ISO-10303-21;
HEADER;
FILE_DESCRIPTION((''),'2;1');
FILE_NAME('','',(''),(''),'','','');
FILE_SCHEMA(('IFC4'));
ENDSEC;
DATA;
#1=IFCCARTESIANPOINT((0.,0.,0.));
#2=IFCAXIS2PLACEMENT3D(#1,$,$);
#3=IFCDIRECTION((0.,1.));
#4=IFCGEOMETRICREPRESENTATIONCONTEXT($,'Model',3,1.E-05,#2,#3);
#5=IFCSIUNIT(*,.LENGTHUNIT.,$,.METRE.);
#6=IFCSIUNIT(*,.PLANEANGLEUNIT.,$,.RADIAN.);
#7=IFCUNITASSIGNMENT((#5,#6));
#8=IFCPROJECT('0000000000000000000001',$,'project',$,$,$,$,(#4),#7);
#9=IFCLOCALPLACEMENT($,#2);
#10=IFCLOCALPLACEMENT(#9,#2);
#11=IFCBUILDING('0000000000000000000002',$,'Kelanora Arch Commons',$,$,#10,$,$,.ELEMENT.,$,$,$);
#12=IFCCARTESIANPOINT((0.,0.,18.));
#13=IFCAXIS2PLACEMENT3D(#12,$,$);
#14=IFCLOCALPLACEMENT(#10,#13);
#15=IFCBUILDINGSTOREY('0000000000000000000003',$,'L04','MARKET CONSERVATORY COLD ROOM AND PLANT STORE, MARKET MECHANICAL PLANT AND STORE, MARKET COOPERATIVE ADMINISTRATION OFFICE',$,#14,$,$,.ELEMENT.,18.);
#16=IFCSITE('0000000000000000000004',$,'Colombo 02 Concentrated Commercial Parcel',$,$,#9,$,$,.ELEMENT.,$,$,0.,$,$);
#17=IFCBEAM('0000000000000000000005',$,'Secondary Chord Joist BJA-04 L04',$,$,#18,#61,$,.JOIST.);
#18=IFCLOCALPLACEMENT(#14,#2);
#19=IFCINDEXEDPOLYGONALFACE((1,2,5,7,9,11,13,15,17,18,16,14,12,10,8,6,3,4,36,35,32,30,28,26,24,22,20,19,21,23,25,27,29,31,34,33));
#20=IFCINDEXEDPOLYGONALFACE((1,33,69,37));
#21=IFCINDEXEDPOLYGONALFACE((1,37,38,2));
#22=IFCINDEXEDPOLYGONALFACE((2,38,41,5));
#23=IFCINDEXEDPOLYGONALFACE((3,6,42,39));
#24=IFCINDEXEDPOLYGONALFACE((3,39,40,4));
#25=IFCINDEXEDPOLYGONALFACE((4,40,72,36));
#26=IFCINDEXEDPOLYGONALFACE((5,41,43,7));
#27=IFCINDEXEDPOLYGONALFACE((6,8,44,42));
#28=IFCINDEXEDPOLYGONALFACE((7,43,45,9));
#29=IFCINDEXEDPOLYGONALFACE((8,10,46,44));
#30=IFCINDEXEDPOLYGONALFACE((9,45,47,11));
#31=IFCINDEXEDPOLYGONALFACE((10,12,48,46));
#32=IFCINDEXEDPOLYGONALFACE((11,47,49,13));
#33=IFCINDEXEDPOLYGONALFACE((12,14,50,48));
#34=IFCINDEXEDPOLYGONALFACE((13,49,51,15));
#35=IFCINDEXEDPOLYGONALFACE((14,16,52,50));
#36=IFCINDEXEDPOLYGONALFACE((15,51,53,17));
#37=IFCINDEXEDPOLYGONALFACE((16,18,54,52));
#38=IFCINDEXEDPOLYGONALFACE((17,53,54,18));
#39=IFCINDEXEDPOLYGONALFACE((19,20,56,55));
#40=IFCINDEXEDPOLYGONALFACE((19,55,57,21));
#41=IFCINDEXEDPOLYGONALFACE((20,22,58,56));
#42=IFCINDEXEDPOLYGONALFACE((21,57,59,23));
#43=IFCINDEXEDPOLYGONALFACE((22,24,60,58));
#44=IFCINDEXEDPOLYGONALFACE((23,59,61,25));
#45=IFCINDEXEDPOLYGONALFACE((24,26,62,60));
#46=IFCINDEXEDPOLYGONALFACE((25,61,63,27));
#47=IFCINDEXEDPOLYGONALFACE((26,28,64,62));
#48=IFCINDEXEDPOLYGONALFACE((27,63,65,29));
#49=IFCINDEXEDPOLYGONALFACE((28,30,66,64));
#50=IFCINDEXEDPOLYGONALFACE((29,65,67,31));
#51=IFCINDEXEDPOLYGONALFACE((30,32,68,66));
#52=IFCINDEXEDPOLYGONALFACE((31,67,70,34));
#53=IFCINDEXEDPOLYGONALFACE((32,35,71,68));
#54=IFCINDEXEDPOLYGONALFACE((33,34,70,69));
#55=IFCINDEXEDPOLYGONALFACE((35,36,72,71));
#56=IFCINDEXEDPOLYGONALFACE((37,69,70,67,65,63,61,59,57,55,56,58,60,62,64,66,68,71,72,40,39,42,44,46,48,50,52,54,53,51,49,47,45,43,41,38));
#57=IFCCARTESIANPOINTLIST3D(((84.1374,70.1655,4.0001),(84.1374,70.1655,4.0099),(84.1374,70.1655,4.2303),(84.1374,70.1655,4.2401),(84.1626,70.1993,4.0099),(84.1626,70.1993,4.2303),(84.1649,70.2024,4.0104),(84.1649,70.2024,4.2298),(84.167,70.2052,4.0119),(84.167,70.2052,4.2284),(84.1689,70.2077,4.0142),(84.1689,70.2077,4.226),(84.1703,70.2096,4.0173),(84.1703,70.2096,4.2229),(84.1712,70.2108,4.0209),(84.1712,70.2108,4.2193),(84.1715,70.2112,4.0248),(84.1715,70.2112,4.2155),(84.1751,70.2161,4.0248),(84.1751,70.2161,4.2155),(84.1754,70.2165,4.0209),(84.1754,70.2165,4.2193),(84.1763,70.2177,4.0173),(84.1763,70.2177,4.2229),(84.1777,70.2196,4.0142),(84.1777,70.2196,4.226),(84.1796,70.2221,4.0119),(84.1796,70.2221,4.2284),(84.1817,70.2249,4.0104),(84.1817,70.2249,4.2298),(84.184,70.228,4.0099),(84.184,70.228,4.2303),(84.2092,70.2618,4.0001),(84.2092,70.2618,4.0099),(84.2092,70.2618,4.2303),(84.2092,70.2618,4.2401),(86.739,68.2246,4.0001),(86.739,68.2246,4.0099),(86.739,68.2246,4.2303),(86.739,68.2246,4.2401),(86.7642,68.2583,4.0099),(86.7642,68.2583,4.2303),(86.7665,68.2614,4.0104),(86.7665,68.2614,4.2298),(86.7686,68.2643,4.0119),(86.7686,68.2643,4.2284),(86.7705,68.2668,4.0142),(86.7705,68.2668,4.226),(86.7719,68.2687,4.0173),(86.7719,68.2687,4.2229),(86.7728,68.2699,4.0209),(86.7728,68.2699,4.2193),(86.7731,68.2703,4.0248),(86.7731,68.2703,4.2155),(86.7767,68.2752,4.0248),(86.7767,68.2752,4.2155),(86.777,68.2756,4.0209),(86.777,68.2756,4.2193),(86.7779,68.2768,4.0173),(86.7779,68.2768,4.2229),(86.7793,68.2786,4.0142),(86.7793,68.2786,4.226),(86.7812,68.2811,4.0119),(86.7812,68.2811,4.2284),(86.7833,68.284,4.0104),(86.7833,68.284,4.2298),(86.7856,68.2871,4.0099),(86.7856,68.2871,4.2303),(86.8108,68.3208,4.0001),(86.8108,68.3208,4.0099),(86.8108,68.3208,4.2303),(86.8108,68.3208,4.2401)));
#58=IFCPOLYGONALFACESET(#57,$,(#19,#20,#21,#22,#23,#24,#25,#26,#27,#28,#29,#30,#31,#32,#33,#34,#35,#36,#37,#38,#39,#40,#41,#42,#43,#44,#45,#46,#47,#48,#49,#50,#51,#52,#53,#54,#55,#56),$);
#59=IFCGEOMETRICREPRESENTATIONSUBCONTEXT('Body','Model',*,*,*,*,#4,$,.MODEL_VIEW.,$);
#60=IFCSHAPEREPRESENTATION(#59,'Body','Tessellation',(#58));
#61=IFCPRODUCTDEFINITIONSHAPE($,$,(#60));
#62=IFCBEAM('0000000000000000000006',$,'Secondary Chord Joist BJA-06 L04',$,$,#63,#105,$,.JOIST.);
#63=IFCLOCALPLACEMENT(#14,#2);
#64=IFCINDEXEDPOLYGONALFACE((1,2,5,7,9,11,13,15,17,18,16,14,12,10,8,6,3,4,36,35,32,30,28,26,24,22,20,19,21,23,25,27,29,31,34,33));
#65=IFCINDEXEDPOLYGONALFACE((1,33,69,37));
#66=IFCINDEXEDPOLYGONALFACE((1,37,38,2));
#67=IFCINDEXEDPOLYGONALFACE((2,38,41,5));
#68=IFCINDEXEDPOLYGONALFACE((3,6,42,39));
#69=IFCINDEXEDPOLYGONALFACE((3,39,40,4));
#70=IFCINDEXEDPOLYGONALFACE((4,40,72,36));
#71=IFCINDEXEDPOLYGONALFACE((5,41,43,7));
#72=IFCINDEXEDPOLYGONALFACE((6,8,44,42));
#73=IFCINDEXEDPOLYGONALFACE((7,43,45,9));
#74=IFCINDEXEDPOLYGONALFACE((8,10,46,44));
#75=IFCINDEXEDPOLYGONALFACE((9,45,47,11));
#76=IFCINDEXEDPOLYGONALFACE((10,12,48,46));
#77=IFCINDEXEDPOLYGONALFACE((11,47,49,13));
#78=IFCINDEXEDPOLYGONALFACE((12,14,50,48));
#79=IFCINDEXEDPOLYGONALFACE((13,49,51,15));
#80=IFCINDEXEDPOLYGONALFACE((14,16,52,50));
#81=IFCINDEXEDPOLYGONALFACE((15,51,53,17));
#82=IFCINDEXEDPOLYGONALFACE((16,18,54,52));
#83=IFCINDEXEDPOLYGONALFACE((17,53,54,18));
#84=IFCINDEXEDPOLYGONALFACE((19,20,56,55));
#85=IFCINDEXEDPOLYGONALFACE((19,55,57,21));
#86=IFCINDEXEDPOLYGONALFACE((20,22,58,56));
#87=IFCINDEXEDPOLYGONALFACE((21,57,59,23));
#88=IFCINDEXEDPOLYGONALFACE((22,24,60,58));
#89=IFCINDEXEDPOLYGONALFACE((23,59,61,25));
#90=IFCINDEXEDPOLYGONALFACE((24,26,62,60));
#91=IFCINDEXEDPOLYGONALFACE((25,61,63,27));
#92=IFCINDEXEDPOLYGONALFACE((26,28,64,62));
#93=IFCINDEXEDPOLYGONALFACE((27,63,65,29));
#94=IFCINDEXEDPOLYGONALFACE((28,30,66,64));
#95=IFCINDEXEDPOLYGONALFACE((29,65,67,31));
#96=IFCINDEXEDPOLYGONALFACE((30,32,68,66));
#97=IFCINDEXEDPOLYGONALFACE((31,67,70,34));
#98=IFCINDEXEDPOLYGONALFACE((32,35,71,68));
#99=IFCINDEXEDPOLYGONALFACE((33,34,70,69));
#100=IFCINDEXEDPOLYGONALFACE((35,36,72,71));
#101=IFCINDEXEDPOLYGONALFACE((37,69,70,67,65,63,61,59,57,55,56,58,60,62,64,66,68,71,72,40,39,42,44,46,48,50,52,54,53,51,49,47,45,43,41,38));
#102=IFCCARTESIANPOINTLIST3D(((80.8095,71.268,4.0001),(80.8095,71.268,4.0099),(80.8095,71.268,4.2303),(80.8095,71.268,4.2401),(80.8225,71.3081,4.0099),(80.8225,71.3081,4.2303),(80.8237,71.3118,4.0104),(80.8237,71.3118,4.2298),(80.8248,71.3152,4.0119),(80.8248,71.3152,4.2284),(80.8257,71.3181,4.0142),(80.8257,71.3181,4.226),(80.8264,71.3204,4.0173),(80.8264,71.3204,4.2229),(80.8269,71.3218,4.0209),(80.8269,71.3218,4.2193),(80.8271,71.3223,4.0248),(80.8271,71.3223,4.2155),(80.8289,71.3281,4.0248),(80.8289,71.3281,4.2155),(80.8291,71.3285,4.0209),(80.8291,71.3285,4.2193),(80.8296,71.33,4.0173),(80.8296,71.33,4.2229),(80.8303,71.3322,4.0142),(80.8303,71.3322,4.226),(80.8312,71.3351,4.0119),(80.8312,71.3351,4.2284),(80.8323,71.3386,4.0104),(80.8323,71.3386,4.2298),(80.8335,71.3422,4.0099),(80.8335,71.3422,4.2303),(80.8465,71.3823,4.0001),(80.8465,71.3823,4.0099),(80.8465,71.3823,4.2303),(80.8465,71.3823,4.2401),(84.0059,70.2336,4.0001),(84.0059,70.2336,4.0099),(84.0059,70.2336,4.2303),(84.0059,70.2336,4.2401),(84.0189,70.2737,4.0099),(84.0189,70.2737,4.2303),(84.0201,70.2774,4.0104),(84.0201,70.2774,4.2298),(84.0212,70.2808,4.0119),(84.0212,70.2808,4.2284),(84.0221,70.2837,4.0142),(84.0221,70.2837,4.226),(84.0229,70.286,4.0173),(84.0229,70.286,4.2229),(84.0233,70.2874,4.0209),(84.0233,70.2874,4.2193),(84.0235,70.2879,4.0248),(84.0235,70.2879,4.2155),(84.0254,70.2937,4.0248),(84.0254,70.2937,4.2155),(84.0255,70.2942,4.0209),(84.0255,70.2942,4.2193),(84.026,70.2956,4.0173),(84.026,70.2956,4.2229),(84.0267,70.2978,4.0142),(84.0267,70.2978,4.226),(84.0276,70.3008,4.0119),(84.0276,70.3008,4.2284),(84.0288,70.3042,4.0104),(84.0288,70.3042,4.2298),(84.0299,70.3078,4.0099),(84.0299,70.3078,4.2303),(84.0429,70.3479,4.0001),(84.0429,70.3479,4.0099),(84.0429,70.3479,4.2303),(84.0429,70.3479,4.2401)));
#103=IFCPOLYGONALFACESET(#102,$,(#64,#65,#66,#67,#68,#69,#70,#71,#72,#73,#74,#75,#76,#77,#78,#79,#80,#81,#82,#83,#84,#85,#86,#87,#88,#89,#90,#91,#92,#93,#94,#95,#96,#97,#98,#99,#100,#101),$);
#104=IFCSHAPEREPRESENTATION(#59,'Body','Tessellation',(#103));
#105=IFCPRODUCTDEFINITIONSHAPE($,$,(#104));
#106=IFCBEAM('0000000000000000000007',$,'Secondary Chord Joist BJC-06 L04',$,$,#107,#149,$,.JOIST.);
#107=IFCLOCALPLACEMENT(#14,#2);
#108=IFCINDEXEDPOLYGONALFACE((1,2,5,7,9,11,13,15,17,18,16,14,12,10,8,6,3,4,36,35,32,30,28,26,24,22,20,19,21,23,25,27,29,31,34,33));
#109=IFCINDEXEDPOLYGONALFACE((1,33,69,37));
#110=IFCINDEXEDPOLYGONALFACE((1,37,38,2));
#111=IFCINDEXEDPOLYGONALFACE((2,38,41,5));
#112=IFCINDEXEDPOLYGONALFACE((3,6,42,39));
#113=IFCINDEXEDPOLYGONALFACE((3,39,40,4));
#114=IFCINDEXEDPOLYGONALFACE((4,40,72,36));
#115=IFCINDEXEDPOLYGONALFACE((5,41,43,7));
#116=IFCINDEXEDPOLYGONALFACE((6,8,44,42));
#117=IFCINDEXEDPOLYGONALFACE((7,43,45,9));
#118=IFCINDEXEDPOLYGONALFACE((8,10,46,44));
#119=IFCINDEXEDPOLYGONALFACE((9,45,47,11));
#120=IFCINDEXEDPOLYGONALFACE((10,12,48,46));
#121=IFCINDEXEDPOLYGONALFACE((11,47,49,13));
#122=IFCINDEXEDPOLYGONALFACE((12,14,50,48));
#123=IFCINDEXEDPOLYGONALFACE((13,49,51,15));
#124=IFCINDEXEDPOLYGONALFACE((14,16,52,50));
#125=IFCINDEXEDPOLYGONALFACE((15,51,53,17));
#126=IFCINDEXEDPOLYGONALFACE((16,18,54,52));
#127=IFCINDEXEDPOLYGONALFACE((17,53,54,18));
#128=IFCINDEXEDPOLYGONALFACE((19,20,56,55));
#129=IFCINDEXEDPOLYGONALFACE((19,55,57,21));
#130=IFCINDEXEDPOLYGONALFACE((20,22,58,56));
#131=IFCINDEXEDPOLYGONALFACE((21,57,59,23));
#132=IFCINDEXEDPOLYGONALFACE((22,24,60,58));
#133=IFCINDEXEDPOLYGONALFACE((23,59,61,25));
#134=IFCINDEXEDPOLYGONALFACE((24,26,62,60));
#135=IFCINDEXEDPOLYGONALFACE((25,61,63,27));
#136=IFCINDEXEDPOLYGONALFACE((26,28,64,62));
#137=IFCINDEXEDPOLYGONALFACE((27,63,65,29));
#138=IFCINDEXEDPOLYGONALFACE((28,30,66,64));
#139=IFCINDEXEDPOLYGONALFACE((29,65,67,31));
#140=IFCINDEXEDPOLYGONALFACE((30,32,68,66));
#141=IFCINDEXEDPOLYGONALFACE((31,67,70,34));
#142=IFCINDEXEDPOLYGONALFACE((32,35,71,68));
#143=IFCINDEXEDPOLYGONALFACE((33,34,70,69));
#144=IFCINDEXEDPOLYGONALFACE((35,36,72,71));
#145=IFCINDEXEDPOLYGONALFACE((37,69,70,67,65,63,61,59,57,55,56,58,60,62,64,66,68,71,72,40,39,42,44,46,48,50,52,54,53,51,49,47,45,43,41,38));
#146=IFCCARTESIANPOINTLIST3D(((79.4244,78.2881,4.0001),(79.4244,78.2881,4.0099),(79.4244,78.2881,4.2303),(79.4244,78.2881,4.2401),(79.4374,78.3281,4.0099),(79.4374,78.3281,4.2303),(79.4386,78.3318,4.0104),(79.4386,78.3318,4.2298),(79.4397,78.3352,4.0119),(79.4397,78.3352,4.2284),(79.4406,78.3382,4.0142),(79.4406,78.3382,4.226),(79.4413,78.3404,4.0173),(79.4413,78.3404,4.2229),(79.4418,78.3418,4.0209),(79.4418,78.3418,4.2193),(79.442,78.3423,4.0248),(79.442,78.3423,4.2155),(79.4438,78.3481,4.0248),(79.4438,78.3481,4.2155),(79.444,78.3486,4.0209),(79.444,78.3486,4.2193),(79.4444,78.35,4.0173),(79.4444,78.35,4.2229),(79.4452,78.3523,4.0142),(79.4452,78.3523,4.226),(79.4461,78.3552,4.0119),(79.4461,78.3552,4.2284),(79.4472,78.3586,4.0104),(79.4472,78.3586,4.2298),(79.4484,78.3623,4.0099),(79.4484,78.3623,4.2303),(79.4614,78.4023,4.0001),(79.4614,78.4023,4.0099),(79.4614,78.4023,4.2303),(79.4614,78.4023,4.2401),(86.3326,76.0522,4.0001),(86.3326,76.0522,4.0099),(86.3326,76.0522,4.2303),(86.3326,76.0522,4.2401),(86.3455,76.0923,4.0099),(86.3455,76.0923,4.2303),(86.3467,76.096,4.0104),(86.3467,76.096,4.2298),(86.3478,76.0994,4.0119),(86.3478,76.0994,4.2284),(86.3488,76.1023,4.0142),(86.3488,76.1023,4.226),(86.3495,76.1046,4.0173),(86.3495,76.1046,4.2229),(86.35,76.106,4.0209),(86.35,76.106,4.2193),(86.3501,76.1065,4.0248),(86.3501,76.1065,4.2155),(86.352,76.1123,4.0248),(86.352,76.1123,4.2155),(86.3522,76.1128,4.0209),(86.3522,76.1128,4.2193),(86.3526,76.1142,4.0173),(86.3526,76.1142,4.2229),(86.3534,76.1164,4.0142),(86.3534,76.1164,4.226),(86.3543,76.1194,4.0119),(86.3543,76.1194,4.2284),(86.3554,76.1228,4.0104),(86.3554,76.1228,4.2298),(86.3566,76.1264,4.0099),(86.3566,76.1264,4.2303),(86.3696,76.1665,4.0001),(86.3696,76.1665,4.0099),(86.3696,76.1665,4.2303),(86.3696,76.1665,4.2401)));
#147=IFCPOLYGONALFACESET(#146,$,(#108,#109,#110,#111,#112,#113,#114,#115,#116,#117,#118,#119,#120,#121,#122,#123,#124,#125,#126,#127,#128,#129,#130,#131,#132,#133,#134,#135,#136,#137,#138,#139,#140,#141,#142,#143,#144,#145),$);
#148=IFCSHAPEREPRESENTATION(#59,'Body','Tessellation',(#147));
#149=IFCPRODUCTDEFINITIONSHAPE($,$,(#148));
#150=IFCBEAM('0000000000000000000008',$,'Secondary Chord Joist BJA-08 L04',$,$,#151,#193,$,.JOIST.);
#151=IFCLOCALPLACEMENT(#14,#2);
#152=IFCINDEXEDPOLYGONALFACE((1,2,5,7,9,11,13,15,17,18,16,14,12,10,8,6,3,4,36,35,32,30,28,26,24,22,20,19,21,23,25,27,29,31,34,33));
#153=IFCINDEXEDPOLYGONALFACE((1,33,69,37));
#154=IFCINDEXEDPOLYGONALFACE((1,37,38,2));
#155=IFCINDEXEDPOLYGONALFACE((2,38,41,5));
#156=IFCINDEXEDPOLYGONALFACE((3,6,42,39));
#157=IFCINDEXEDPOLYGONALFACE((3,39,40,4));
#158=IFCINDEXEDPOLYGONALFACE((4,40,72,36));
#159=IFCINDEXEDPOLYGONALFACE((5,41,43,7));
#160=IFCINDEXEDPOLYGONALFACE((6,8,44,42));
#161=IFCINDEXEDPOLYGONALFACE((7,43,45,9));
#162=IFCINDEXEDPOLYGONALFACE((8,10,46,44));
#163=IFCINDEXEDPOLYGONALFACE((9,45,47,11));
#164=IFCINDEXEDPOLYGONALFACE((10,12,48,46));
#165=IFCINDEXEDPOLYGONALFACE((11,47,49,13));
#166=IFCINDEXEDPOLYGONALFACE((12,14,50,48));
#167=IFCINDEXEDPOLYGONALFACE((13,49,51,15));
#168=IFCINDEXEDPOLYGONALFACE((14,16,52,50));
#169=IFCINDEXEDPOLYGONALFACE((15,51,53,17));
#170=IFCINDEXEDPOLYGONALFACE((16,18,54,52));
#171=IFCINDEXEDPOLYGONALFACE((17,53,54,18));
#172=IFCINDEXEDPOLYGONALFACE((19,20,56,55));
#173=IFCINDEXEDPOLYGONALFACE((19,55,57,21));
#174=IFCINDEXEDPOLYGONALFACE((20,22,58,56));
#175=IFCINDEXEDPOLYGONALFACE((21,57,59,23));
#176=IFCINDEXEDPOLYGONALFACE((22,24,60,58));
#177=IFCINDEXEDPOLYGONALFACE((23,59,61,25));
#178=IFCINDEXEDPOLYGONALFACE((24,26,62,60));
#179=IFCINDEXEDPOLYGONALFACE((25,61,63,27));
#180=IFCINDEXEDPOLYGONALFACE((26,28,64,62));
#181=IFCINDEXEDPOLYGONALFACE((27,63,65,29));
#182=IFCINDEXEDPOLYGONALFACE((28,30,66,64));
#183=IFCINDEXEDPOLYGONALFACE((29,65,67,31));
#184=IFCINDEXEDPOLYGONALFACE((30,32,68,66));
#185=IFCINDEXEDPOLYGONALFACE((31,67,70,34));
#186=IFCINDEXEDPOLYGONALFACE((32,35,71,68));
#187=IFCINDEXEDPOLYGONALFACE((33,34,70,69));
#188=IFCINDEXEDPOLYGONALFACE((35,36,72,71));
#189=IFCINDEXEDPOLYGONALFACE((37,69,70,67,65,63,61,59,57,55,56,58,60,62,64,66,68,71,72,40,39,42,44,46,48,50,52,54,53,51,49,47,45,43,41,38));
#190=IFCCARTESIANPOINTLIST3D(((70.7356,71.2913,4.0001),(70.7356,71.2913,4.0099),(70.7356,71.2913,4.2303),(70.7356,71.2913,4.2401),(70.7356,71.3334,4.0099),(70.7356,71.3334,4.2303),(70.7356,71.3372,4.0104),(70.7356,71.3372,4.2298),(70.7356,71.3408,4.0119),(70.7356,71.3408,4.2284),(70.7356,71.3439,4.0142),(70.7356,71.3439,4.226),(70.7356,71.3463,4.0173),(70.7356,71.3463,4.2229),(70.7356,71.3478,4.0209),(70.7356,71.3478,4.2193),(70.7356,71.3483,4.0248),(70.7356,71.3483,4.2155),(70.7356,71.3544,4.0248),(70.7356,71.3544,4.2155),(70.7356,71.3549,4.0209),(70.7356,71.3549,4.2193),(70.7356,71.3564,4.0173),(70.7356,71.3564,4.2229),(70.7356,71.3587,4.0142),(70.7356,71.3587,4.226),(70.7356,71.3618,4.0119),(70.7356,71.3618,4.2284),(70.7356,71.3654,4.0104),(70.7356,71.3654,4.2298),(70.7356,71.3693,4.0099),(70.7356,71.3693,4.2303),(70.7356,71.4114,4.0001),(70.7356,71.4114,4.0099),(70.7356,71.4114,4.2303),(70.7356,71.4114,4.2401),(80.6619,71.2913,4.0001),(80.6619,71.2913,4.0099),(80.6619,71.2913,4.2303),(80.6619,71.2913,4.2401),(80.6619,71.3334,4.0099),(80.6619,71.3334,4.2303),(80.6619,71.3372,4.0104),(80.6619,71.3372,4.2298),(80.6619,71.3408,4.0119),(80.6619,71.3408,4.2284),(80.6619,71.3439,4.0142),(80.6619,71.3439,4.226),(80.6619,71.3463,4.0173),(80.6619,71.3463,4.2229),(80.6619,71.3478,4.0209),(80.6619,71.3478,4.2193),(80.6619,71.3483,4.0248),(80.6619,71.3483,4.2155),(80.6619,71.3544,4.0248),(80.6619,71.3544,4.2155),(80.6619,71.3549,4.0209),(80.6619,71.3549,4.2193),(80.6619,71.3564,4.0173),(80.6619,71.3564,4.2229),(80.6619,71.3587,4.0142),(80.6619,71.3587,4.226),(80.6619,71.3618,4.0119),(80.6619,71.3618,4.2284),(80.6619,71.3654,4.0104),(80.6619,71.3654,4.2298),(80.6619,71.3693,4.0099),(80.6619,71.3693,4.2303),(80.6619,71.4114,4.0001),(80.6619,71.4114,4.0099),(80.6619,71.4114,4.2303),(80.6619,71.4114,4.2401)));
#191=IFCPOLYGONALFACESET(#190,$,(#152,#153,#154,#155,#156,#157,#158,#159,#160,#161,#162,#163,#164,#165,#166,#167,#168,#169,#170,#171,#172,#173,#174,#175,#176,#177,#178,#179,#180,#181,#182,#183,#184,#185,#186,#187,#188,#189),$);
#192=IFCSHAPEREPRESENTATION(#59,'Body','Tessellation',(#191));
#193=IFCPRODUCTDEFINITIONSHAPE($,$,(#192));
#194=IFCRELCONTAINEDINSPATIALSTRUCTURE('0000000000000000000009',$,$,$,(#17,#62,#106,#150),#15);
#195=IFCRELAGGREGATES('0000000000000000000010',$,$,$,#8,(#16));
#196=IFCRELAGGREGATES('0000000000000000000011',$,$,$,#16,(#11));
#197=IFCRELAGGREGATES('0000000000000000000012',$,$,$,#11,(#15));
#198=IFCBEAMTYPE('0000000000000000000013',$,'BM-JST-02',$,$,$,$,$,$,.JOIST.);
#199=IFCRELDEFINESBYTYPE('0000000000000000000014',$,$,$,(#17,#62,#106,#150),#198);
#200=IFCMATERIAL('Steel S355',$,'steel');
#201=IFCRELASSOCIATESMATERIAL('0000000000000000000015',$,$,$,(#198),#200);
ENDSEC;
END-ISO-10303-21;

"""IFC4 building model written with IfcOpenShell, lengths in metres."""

from ifc_helpers import new_model, si_unit, direction, frame, origin, origin_2d, place, context, subcontext, project, spatial, i_section, extrude, material, material_profile, profile_set, type_object, element, save


model = new_model("IFC4")

# Units and contexts
model_context = context("Model", 3, precision=1e-05, world=origin(), true_north=direction((0.0, 1.0)))
body_context = subcontext(model_context, "Body", "Model", "MODEL_VIEW")
ifc_project = project(units=[si_unit("LENGTHUNIT", "METRE"), si_unit("PLANEANGLEUNIT", "RADIAN")], contexts=[model_context])

# Site, building, storey
site_placement = place(None, origin())
site = spatial("IfcSite", under=ifc_project, at=site_placement, Name="Colombo 02 Concentrated Commercial Parcel", CompositionType="ELEMENT", RefElevation=0.0)
building_placement = place(site_placement, origin())
building = spatial("IfcBuilding", under=site, at=building_placement, Name="Kelanora Arch Commons", CompositionType="ELEMENT")
storey_placement = place(building_placement, frame((0.0, 0.0, 18.0)))
storey = spatial("IfcBuildingStorey", under=building, at=storey_placement, Name="L04", Description="MARKET CONSERVATORY COLD ROOM AND PLANT STORE, MARKET MECHANICAL PLANT AND STORE, MARKET COOPERATIVE ADMINISTRATION OFFICE", CompositionType="ELEMENT", Elevation=18.0)

# Beams
ifc_material_1 = material(Name="Steel S355", Category="steel")
ifc_material_profile_1 = material_profile(ifc_material_1, i_section(OverallWidth=0.1201, OverallDepth=0.24, WebThickness=0.0061, FlangeThickness=0.0098, FilletRadius=0.0149, at=origin_2d()), Name="IPE240")
ifc_profile_set_1 = profile_set([ifc_material_profile_1], Name="Steel S355")
beam_type_1 = type_object("IfcBeamType", Name="BM-JST-02", PredefinedType="JOIST", material=ifc_profile_set_1)
beam_1_placement = place(storey_placement, frame((86.7749, 68.2727, 4.1201), z_axis=(-0.801514, 0.597976, 0.0), x_axis=(-0.597976, -0.801514, 0.0)))
element("IfcBeam", 1, at=beam_1_placement, inside=storey, type_object=beam_type_1, Name="Secondary Chord Joist BJA-04 L04", PredefinedType="JOIST", context=body_context, shape_type="SweptSolid", body=[
    extrude(i_section(OverallWidth=0.1201, OverallDepth=0.24, WebThickness=0.0061, FlangeThickness=0.0098, FilletRadius=0.0149, at=origin_2d()), origin(), (0.0, 0.0, 1.0), 3.2458),
])
beam_2_placement = place(storey_placement, frame((84.0244, 70.2908, 4.1201), z_axis=(-0.951423, 0.307888, 0.0), x_axis=(-0.307888, -0.951423, 0.0)))
element("IfcBeam", 2, at=beam_2_placement, inside=storey, type_object=beam_type_1, Name="Secondary Chord Joist BJA-06 L04", PredefinedType="JOIST", context=body_context, shape_type="SweptSolid", body=[
    extrude(i_section(OverallWidth=0.1201, OverallDepth=0.24, WebThickness=0.0061, FlangeThickness=0.0098, FilletRadius=0.0149, at=origin_2d()), origin(), (0.0, 0.0, 1.0), 3.3596),
])
beam_3_placement = place(storey_placement, frame((86.3511, 76.1094, 4.1201), z_axis=(-0.951411, 0.307924, 0.0), x_axis=(-0.307924, -0.951411, 0.0)))
element("IfcBeam", 3, at=beam_3_placement, inside=storey, type_object=beam_type_1, Name="Secondary Chord Joist BJC-06 L04", PredefinedType="JOIST", context=body_context, shape_type="SweptSolid", body=[
    extrude(i_section(OverallWidth=0.1201, OverallDepth=0.24, WebThickness=0.0061, FlangeThickness=0.0098, FilletRadius=0.0149, at=origin_2d()), origin(), (0.0, 0.0, 1.0), 7.261),
])
beam_4_placement = place(storey_placement, frame((80.6619, 71.3513, 4.1201), z_axis=(-1.0, 0.0, 0.0), x_axis=(0.0, -1.0, 0.0)))
element("IfcBeam", 4, at=beam_4_placement, inside=storey, type_object=beam_type_1, Name="Secondary Chord Joist BJA-08 L04", PredefinedType="JOIST", context=body_context, shape_type="SweptSolid", body=[
    extrude(i_section(OverallWidth=0.1201, OverallDepth=0.24, WebThickness=0.0061, FlangeThickness=0.0098, FilletRadius=0.0149, at=origin_2d()), origin(), (0.0, 0.0, 1.0), 9.9263),
])

save(model, "model.ifc")
